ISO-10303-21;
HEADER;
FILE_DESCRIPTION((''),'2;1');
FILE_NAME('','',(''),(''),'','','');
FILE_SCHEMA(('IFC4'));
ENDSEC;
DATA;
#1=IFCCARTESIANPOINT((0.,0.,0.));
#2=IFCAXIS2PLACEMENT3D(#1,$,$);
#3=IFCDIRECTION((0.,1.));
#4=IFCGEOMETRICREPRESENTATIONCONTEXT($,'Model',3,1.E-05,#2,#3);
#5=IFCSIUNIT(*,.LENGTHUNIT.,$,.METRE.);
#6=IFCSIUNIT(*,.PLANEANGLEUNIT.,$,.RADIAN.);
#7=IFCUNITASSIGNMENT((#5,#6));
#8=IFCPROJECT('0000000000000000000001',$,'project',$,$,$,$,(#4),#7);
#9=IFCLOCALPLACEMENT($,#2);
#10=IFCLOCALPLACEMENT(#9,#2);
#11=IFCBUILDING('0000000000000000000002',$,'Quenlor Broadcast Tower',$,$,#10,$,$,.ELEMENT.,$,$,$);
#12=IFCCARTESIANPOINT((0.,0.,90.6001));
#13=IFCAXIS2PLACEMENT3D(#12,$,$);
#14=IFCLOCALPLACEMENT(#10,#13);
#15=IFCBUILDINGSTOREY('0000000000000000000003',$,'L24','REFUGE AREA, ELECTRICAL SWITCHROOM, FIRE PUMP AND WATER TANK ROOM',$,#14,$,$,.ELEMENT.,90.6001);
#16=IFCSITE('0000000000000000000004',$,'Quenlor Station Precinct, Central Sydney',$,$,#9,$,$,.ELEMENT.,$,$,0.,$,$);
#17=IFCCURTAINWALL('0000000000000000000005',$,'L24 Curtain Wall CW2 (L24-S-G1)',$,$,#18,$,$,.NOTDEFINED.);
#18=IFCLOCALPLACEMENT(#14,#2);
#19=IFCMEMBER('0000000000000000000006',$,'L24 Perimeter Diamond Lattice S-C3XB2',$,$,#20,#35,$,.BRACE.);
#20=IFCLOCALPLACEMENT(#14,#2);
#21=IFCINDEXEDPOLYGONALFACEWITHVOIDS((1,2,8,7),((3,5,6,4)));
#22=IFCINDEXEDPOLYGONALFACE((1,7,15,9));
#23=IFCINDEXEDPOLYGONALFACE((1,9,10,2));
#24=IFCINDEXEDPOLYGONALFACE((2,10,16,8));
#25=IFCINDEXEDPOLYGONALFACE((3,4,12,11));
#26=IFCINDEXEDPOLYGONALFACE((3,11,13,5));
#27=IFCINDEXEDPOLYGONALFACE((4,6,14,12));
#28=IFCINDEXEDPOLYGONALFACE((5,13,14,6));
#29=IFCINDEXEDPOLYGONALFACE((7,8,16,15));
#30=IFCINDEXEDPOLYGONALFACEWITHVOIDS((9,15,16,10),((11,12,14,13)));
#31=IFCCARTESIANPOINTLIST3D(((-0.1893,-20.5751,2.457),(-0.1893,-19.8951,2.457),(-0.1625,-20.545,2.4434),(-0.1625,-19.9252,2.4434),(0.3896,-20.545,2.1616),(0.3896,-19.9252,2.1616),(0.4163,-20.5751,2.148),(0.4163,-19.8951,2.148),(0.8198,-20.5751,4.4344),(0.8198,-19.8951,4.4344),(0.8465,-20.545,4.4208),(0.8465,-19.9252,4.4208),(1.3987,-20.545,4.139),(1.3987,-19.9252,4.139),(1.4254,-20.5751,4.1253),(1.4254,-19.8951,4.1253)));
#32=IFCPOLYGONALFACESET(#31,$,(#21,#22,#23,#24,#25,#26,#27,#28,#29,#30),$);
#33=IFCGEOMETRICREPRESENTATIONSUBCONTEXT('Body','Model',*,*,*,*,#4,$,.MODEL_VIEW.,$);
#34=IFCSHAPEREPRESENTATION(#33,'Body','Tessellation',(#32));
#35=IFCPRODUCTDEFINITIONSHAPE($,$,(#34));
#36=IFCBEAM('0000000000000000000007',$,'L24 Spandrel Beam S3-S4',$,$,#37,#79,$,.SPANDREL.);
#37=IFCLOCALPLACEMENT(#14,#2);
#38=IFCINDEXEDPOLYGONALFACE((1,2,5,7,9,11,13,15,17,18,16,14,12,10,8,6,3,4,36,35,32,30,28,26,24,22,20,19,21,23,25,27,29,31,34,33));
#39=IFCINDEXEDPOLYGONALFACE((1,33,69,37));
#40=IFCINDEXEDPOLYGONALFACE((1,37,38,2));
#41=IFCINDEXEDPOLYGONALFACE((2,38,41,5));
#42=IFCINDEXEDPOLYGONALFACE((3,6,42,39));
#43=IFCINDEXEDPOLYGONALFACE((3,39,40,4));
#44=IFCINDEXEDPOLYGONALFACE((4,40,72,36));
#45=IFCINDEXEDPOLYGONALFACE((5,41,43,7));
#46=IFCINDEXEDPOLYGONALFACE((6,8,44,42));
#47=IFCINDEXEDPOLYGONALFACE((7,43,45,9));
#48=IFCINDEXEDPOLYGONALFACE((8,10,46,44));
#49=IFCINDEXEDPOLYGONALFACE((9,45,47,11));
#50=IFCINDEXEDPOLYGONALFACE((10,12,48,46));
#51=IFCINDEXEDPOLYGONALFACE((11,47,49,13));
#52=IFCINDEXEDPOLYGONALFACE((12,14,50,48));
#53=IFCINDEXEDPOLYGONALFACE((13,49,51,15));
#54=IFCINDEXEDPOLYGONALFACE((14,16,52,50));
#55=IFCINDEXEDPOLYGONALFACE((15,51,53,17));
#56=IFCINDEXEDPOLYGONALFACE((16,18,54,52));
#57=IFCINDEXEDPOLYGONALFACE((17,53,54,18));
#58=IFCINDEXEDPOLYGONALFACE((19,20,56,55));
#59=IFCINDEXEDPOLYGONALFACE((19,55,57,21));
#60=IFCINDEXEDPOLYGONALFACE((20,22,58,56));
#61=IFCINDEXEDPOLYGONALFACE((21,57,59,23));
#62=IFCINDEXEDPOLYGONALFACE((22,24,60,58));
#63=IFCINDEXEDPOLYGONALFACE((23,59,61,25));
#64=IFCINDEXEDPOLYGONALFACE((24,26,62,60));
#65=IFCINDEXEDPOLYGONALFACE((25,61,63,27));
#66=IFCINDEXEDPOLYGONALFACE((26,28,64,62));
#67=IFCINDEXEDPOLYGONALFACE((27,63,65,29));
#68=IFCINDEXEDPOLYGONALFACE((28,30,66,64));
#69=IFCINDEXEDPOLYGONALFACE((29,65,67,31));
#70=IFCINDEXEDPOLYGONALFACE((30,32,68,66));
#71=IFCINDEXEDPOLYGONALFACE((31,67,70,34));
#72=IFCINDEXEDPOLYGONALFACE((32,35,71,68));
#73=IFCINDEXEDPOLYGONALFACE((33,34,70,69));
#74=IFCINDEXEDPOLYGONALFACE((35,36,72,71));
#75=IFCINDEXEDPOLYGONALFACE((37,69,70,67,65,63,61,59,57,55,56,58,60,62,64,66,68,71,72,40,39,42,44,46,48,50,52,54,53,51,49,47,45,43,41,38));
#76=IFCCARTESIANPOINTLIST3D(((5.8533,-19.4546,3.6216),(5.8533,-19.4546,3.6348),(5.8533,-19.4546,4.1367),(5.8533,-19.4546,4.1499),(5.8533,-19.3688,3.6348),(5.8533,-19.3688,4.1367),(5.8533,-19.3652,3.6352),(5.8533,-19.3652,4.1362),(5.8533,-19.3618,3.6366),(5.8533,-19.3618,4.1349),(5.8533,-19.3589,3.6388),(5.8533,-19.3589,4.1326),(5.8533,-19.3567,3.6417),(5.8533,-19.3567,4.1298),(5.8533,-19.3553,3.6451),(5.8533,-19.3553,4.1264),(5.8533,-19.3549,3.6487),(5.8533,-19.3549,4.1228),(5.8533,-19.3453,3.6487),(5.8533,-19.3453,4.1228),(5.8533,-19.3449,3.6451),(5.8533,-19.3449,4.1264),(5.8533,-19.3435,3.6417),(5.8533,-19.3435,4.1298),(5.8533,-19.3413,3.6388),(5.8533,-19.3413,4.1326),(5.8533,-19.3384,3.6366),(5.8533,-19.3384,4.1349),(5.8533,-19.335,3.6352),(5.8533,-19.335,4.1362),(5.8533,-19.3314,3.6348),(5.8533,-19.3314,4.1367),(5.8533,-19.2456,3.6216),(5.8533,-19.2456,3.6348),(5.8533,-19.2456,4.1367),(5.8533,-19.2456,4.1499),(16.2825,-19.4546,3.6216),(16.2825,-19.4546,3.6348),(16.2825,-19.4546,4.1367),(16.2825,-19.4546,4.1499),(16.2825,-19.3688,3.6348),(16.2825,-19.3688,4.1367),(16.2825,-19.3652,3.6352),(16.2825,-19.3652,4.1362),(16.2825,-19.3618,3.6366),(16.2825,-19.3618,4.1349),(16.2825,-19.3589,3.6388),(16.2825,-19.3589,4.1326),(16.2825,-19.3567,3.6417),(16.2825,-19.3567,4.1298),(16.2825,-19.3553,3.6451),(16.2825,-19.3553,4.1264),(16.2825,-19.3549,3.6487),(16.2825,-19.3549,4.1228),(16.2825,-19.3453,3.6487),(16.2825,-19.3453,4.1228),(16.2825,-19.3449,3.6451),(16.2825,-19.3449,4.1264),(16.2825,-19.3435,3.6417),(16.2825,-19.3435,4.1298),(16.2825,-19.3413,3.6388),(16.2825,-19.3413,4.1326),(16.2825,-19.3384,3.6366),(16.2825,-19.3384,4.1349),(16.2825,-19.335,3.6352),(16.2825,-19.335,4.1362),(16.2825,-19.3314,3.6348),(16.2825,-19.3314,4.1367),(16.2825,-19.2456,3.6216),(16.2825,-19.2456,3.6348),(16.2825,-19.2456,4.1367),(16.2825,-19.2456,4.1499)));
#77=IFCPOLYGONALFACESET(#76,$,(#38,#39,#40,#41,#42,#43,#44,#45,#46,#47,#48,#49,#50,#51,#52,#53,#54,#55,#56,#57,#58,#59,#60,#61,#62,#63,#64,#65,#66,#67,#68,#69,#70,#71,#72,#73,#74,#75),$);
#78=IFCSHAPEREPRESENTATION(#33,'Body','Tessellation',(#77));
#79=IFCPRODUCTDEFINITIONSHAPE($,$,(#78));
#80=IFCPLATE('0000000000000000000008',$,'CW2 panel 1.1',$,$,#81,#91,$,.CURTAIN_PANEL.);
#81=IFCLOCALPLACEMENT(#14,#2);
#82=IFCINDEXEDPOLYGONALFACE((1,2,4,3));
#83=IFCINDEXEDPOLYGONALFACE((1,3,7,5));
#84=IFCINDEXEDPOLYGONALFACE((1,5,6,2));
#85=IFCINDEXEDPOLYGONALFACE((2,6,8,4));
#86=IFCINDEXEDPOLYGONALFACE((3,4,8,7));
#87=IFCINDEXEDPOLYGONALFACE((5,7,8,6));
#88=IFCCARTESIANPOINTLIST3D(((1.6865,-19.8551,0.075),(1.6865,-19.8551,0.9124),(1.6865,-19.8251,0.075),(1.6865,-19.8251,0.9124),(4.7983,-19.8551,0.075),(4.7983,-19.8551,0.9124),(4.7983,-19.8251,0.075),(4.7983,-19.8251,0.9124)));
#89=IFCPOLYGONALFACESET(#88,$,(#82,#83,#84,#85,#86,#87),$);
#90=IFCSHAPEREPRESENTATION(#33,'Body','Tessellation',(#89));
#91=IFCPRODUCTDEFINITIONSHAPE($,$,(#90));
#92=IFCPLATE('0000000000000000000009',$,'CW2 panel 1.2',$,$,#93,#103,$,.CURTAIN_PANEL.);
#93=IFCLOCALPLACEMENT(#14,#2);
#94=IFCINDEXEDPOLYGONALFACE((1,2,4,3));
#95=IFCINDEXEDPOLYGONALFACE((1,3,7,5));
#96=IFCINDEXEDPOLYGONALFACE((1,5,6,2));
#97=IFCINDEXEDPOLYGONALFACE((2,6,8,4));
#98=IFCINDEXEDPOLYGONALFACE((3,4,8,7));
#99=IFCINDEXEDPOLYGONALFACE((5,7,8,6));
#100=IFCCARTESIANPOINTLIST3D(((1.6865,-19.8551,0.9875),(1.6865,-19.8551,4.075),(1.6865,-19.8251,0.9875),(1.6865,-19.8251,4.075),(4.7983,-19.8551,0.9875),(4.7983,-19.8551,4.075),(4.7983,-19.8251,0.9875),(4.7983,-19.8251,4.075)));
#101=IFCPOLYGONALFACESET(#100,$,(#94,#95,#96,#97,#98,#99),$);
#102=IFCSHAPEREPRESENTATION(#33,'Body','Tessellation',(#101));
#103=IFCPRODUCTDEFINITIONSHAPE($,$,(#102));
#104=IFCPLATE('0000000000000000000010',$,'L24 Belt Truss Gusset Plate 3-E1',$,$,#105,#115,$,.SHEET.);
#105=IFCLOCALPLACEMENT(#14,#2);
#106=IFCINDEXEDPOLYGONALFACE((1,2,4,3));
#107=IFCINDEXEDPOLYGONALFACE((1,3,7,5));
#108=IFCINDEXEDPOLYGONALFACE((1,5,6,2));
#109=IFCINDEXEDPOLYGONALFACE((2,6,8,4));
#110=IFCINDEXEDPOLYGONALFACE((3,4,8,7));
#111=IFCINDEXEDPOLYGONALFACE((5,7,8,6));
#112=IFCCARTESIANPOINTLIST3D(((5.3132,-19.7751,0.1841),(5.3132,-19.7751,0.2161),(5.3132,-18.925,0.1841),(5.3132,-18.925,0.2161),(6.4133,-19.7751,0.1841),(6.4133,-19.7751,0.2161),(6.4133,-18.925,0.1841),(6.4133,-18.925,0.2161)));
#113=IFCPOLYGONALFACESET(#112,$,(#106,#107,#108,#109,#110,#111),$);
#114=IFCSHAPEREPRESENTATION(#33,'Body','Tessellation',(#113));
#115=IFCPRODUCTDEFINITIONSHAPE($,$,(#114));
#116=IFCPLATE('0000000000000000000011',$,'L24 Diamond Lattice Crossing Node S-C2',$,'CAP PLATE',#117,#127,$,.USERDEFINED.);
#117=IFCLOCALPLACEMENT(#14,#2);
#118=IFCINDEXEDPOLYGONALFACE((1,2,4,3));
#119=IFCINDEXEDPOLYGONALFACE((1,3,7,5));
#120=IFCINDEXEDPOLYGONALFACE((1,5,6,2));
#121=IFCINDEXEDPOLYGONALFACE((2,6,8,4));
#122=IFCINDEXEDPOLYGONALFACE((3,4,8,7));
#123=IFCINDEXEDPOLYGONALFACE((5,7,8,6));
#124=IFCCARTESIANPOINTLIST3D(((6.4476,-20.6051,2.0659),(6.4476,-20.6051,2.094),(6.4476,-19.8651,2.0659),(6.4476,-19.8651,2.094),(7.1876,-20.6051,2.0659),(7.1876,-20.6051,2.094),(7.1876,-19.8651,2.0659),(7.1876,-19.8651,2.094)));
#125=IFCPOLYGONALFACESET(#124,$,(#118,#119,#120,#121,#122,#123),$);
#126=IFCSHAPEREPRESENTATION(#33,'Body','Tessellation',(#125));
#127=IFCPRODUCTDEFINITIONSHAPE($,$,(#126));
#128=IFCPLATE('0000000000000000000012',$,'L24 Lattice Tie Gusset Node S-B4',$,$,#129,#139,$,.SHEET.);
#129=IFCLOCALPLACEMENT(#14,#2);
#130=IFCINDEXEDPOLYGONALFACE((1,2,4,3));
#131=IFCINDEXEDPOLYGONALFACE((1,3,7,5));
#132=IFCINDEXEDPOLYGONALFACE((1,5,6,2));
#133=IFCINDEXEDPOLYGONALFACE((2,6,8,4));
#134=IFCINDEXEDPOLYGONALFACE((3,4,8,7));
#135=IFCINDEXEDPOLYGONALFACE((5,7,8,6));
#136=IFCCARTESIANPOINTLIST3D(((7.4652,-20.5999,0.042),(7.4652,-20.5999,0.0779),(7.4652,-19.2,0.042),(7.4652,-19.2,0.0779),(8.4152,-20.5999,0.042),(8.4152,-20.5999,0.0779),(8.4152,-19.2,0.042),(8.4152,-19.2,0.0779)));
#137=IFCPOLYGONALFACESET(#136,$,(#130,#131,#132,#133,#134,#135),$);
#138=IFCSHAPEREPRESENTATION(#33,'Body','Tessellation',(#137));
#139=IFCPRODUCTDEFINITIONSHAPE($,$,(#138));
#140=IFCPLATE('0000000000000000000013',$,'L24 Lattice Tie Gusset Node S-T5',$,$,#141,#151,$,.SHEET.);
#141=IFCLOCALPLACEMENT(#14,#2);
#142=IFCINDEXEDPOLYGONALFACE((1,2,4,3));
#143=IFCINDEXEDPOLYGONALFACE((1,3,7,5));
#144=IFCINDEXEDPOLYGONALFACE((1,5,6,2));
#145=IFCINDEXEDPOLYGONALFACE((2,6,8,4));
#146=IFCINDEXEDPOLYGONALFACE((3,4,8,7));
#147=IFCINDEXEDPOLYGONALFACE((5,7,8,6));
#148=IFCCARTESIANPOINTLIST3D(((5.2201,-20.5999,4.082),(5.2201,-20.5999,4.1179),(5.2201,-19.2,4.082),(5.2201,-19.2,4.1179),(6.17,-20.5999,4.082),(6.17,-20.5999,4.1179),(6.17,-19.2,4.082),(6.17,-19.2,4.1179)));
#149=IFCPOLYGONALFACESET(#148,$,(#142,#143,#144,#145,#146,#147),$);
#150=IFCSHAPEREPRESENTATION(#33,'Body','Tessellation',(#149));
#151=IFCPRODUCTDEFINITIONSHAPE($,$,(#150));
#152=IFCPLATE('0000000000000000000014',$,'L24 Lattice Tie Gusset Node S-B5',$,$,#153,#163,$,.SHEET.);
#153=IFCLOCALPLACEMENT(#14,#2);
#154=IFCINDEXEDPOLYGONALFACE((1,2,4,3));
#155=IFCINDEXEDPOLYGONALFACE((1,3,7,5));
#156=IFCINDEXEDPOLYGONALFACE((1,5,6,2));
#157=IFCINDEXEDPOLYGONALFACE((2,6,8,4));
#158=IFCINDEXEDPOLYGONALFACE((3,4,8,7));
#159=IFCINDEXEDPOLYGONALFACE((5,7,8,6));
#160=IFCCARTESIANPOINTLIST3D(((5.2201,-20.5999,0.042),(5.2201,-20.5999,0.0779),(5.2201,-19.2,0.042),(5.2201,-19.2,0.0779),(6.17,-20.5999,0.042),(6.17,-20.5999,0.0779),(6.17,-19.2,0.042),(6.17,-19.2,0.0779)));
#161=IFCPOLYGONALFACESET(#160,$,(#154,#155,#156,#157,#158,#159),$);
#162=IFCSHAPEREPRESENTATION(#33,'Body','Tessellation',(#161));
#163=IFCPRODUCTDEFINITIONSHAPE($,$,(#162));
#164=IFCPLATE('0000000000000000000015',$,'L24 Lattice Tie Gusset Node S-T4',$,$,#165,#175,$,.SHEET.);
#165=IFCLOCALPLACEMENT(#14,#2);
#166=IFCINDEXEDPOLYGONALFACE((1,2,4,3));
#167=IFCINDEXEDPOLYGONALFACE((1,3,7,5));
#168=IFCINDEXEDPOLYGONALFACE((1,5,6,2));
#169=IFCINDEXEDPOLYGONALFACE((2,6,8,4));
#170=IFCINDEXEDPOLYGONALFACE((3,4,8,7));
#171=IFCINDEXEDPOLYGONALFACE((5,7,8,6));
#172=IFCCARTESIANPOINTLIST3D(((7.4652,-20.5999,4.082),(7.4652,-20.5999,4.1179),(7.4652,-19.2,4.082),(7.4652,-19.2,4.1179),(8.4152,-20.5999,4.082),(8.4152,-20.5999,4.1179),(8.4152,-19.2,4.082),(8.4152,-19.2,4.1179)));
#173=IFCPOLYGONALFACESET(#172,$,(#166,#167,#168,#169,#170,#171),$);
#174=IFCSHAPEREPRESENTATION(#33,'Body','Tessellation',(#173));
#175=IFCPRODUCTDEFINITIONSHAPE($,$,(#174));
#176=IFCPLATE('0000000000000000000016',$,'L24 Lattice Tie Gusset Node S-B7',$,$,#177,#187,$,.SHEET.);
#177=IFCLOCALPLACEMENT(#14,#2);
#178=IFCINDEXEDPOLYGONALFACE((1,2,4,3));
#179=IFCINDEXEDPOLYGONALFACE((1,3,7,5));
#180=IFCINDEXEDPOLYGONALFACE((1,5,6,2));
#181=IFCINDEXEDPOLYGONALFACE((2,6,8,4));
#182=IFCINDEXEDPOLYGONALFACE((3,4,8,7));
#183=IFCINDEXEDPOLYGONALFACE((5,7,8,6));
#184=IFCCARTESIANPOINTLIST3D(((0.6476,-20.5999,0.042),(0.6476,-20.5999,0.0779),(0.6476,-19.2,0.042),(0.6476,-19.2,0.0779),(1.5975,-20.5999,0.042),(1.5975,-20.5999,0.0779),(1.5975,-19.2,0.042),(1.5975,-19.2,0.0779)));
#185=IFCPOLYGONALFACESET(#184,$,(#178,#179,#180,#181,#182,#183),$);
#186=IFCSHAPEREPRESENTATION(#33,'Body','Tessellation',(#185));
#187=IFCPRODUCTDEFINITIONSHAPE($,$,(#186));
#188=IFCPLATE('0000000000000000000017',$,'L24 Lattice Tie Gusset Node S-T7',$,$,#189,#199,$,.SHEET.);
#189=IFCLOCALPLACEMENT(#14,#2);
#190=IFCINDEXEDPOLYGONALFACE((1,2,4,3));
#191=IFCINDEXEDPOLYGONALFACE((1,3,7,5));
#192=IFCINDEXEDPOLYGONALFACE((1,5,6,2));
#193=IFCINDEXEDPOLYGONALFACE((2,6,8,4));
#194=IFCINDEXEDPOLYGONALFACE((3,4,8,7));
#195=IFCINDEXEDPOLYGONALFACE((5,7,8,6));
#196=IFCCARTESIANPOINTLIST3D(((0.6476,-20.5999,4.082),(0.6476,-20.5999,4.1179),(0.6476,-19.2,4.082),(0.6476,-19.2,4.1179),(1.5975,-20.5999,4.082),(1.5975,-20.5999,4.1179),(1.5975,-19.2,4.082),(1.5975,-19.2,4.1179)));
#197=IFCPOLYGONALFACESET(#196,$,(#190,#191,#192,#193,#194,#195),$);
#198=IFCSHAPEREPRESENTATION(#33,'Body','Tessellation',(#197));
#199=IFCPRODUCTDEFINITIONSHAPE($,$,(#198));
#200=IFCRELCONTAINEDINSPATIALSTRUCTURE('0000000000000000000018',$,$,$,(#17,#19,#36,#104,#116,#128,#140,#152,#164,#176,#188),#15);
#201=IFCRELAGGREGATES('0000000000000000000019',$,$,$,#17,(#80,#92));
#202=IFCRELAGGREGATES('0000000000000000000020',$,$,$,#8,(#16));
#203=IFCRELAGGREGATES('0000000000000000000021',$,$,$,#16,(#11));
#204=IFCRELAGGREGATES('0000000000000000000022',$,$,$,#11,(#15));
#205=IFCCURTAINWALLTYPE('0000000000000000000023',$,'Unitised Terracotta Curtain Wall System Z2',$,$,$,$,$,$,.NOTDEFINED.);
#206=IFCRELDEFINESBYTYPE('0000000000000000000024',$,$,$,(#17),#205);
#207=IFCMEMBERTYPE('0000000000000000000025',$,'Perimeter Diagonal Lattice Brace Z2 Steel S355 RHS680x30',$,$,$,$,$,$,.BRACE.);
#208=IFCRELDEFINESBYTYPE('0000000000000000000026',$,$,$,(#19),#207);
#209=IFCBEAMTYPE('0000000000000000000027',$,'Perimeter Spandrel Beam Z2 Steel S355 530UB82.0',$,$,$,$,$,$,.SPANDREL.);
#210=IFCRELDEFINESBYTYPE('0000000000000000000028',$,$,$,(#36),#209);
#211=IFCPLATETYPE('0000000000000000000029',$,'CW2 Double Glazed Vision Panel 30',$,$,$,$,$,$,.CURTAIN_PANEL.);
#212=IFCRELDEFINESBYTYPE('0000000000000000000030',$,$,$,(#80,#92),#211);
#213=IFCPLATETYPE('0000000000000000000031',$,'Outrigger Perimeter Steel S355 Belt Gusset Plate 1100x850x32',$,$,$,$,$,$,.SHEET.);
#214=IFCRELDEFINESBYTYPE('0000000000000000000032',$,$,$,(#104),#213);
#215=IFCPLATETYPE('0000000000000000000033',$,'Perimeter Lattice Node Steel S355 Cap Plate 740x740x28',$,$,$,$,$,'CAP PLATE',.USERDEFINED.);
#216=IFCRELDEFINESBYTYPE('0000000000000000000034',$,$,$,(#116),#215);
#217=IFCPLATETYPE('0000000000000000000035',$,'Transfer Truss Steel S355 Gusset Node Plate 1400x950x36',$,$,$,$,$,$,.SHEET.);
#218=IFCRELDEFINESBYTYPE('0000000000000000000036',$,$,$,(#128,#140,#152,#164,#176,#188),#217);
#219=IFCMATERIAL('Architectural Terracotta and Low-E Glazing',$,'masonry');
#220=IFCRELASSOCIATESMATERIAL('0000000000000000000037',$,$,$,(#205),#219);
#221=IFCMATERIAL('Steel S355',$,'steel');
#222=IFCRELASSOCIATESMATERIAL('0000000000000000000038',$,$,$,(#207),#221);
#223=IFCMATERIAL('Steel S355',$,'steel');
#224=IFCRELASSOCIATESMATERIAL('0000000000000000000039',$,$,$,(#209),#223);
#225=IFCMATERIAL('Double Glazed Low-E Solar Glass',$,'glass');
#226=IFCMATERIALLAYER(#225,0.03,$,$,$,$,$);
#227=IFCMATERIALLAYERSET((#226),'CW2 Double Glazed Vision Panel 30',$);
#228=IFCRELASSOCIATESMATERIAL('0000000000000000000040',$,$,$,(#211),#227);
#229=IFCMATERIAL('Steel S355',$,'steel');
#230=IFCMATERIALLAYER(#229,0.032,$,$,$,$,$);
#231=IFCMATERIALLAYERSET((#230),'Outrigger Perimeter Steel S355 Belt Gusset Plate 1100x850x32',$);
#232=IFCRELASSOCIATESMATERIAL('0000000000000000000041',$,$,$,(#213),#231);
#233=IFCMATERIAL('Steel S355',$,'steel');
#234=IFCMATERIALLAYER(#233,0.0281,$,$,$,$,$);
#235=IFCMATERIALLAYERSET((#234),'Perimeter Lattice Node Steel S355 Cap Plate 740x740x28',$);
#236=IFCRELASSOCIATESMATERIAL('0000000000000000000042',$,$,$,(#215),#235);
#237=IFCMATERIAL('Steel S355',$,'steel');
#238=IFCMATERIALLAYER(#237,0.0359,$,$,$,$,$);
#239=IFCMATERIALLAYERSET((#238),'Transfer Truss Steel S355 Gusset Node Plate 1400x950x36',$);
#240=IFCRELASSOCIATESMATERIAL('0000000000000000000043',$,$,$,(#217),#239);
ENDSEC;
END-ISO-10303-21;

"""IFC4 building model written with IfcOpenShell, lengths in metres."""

from ifc_helpers import new_model, si_unit, direction, frame, origin, origin_2d, place, context, subcontext, project, spatial, rectangle, hollow_rectangle, i_section, extrude, material, layer, layer_set, material_profile, profile_set, type_object, element, aggregate, save


model = new_model("IFC4")

# Units and contexts
model_context = context("Model", 3, precision=1e-05, world=origin(), true_north=direction((0.0, 1.0)))
body_context = subcontext(model_context, "Body", "Model", "MODEL_VIEW")
ifc_project = project(units=[si_unit("LENGTHUNIT", "METRE"), si_unit("PLANEANGLEUNIT", "RADIAN")], contexts=[model_context])

# Site, building, storey
site_placement = place(None, origin())
site = spatial("IfcSite", under=ifc_project, at=site_placement, Name="Quenlor Station Precinct, Central Sydney", CompositionType="ELEMENT", RefElevation=0.0)
building_placement = place(site_placement, origin())
building = spatial("IfcBuilding", under=site, at=building_placement, Name="Quenlor Broadcast Tower", CompositionType="ELEMENT")
storey_placement = place(building_placement, frame((0.0, 0.0, 90.6001)))
storey = spatial("IfcBuildingStorey", under=building, at=storey_placement, Name="L24", Description="REFUGE AREA, ELECTRICAL SWITCHROOM, FIRE PUMP AND WATER TANK ROOM", CompositionType="ELEMENT", Elevation=90.6001)

# Curtain wall
ifc_material_1 = material(Name="Architectural Terracotta and Low-E Glazing", Category="masonry")
curtain_wall_type = type_object("IfcCurtainWallType", Name="Unitised Terracotta Curtain Wall System Z2", PredefinedType="NOTDEFINED", material=ifc_material_1)
curtain_wall_placement = place(storey_placement, origin())
curtain_wall = element("IfcCurtainWall", 1, at=curtain_wall_placement, inside=storey, type_object=curtain_wall_type, Name="L24 Curtain Wall CW2 (L24-S-G1)", PredefinedType="NOTDEFINED")

# Member
ifc_material_2 = material(Name="Steel S355", Category="steel")
ifc_material_profile_1 = material_profile(ifc_material_2, hollow_rectangle(XDim=0.6799, YDim=0.6799, WallThickness=0.03, at=origin_2d()))
ifc_profile_set_1 = profile_set([ifc_material_profile_1], Name="Steel S355 RHS680x680x30")
member_type_1 = type_object("IfcMemberType", Name="Perimeter Diagonal Lattice Brace Z2 Steel S355 RHS680x30", PredefinedType="BRACE", material=ifc_profile_set_1)
member_1_placement = place(storey_placement, frame((0.1135, -20.2351, 2.3025), z_axis=(0.454545, 0.0, 0.890724), x_axis=(0.0, 1.0, 0.0)))
element("IfcMember", 2, at=member_1_placement, inside=storey, type_object=member_type_1, Name="L24 Perimeter Diamond Lattice S-C3XB2", PredefinedType="BRACE", context=body_context, shape_type="SweptSolid", body=[
    extrude(hollow_rectangle(XDim=0.6799, YDim=0.6799, WallThickness=0.03, at=origin_2d()), origin(), (0.0, 0.0, 1.0), 2.22),
])

# Beam
ifc_material_3 = material(Name="Steel S355", Category="steel")
ifc_material_profile_2 = material_profile(ifc_material_3, i_section(OverallWidth=0.209, OverallDepth=0.5283, WebThickness=0.0095, FlangeThickness=0.0132, FilletRadius=0.0139, at=origin_2d()))
ifc_profile_set_2 = profile_set([ifc_material_profile_2], Name="Steel S355 530UB82.0")
beam_type = type_object("IfcBeamType", Name="Perimeter Spandrel Beam Z2 Steel S355 530UB82.0", PredefinedType="SPANDREL", material=ifc_profile_set_2)
beam_placement = place(storey_placement, frame((5.8533, -19.3501, 3.8857), z_axis=(1.0, 0.0, 0.0), x_axis=(0.0, 1.0, 0.0)))
element("IfcBeam", 3, at=beam_placement, inside=storey, type_object=beam_type, Name="L24 Spandrel Beam S3-S4", PredefinedType="SPANDREL", context=body_context, shape_type="SweptSolid", body=[
    extrude(i_section(OverallWidth=0.209, OverallDepth=0.5283, WebThickness=0.0095, FlangeThickness=0.0132, FilletRadius=0.0139, at=origin_2d()), origin(), (0.0, 0.0, 1.0), 10.4292),
])

# Plates
ifc_material_4 = material(Name="Double Glazed Low-E Solar Glass", Category="glass")
ifc_layer_1 = layer(ifc_material_4, 0.03)
ifc_layer_set_1 = layer_set([ifc_layer_1], Name="CW2 Double Glazed Vision Panel 30")
plate_type_1 = type_object("IfcPlateType", Name="CW2 Double Glazed Vision Panel 30", PredefinedType="CURTAIN_PANEL", material=ifc_layer_set_1)
plate_1_placement = place(storey_placement, frame((3.2424, -19.8401, 0.075), z_axis=(0.0, 0.0, 1.0), x_axis=(-1.0, 0.0, 0.0)))
plate_1 = element("IfcPlate", 4, at=plate_1_placement, type_object=plate_type_1, Name="CW2 panel 1.1", PredefinedType="CURTAIN_PANEL", context=body_context, shape_type="SweptSolid", body=[
    extrude(rectangle(XDim=3.1118, YDim=0.03, at=origin_2d()), origin(), (0.0, 0.0, 1.0), 0.8374),
])
plate_2_placement = place(storey_placement, frame((3.2424, -19.8401, 0.9875), z_axis=(0.0, 0.0, 1.0), x_axis=(-1.0, 0.0, 0.0)))
plate_2 = element("IfcPlate", 5, at=plate_2_placement, type_object=plate_type_1, Name="CW2 panel 1.2", PredefinedType="CURTAIN_PANEL", context=body_context, shape_type="SweptSolid", body=[
    extrude(rectangle(XDim=3.1118, YDim=0.03, at=origin_2d()), origin(), (0.0, 0.0, 1.0), 3.0874),
])
aggregate(curtain_wall, [plate_1, plate_2])

# Plates
ifc_material_5 = material(Name="Steel S355", Category="steel")
ifc_layer_2 = layer(ifc_material_5, 0.032)
ifc_layer_set_2 = layer_set([ifc_layer_2], Name="Outrigger Perimeter Steel S355 Belt Gusset Plate 1100x850x32")
plate_type_2 = type_object("IfcPlateType", Name="Outrigger Perimeter Steel S355 Belt Gusset Plate 1100x850x32", PredefinedType="SHEET", material=ifc_layer_set_2)
plate_3_placement = place(storey_placement, frame((5.8633, -19.3501, 0.1841), z_axis=(0.0, 0.0, 1.0), x_axis=(1.0, 0.0, 0.0)))
element("IfcPlate", 6, at=plate_3_placement, inside=storey, type_object=plate_type_2, Name="L24 Belt Truss Gusset Plate 3-E1", PredefinedType="SHEET", context=body_context, shape_type="SweptSolid", body=[
    extrude(rectangle(XDim=1.1001, YDim=0.8501, at=origin_2d()), origin(), (0.0, 0.0, 1.0), 0.032),
])
ifc_material_6 = material(Name="Steel S355", Category="steel")
ifc_layer_3 = layer(ifc_material_6, 0.0281)
ifc_layer_set_3 = layer_set([ifc_layer_3], Name="Perimeter Lattice Node Steel S355 Cap Plate 740x740x28")
plate_type_3 = type_object("IfcPlateType", Name="Perimeter Lattice Node Steel S355 Cap Plate 740x740x28", ElementType="CAP PLATE", PredefinedType="USERDEFINED", material=ifc_layer_set_3)
plate_4_placement = place(storey_placement, frame((6.8176, -20.2351, 2.0659), z_axis=(0.0, 0.0, 1.0), x_axis=(-1.0, 0.0, 0.0)))
element("IfcPlate", 7, at=plate_4_placement, inside=storey, type_object=plate_type_3, Name="L24 Diamond Lattice Crossing Node S-C2", ObjectType="CAP PLATE", PredefinedType="USERDEFINED", context=body_context, shape_type="SweptSolid", body=[
    extrude(rectangle(XDim=0.74, YDim=0.74, at=origin_2d()), origin(), (0.0, 0.0, 1.0), 0.0281),
])
ifc_material_7 = material(Name="Steel S355", Category="steel")
ifc_layer_4 = layer(ifc_material_7, 0.0359)
ifc_layer_set_4 = layer_set([ifc_layer_4], Name="Transfer Truss Steel S355 Gusset Node Plate 1400x950x36")
plate_type_4 = type_object("IfcPlateType", Name="Transfer Truss Steel S355 Gusset Node Plate 1400x950x36", PredefinedType="SHEET", material=ifc_layer_set_4)
for number, where, z_axis, x_axis, name in (
    (8, (7.9402, -19.8999, 0.042), (0.0, 0.0, 1.0), (0.0, -1.0, 0.0), "L24 Lattice Tie Gusset Node S-B4"),
    (9, (5.6951, -19.8999, 4.082), (0.0, 0.0, 1.0), (0.0, -1.0, 0.0), "L24 Lattice Tie Gusset Node S-T5"),
    (10, (5.6951, -19.8999, 0.042), (0.0, 0.0, 1.0), (0.0, -1.0, 0.0), "L24 Lattice Tie Gusset Node S-B5"),
    (11, (7.9402, -19.8999, 4.082), (0.0, 0.0, 1.0), (0.0, -1.0, 0.0), "L24 Lattice Tie Gusset Node S-T4"),
    (12, (1.1226, -19.8999, 0.042), (0.0, 0.0, 1.0), (0.0, -1.0, 0.0), "L24 Lattice Tie Gusset Node S-B7"),
    (13, (1.1226, -19.8999, 4.082), (0.0, 0.0, 1.0), (0.0, -1.0, 0.0), "L24 Lattice Tie Gusset Node S-T7"),
):
    element("IfcPlate", number, at=place(storey_placement, frame(where, z_axis=z_axis, x_axis=x_axis)), inside=storey, type_object=plate_type_4, Name=name, PredefinedType="SHEET", context=body_context, shape_type="SweptSolid", body=[
        extrude(rectangle(XDim=1.3999, YDim=0.95, at=origin_2d()), origin(), (0.0, 0.0, 1.0), 0.0359),
    ])

save(model, "model.ifc")
